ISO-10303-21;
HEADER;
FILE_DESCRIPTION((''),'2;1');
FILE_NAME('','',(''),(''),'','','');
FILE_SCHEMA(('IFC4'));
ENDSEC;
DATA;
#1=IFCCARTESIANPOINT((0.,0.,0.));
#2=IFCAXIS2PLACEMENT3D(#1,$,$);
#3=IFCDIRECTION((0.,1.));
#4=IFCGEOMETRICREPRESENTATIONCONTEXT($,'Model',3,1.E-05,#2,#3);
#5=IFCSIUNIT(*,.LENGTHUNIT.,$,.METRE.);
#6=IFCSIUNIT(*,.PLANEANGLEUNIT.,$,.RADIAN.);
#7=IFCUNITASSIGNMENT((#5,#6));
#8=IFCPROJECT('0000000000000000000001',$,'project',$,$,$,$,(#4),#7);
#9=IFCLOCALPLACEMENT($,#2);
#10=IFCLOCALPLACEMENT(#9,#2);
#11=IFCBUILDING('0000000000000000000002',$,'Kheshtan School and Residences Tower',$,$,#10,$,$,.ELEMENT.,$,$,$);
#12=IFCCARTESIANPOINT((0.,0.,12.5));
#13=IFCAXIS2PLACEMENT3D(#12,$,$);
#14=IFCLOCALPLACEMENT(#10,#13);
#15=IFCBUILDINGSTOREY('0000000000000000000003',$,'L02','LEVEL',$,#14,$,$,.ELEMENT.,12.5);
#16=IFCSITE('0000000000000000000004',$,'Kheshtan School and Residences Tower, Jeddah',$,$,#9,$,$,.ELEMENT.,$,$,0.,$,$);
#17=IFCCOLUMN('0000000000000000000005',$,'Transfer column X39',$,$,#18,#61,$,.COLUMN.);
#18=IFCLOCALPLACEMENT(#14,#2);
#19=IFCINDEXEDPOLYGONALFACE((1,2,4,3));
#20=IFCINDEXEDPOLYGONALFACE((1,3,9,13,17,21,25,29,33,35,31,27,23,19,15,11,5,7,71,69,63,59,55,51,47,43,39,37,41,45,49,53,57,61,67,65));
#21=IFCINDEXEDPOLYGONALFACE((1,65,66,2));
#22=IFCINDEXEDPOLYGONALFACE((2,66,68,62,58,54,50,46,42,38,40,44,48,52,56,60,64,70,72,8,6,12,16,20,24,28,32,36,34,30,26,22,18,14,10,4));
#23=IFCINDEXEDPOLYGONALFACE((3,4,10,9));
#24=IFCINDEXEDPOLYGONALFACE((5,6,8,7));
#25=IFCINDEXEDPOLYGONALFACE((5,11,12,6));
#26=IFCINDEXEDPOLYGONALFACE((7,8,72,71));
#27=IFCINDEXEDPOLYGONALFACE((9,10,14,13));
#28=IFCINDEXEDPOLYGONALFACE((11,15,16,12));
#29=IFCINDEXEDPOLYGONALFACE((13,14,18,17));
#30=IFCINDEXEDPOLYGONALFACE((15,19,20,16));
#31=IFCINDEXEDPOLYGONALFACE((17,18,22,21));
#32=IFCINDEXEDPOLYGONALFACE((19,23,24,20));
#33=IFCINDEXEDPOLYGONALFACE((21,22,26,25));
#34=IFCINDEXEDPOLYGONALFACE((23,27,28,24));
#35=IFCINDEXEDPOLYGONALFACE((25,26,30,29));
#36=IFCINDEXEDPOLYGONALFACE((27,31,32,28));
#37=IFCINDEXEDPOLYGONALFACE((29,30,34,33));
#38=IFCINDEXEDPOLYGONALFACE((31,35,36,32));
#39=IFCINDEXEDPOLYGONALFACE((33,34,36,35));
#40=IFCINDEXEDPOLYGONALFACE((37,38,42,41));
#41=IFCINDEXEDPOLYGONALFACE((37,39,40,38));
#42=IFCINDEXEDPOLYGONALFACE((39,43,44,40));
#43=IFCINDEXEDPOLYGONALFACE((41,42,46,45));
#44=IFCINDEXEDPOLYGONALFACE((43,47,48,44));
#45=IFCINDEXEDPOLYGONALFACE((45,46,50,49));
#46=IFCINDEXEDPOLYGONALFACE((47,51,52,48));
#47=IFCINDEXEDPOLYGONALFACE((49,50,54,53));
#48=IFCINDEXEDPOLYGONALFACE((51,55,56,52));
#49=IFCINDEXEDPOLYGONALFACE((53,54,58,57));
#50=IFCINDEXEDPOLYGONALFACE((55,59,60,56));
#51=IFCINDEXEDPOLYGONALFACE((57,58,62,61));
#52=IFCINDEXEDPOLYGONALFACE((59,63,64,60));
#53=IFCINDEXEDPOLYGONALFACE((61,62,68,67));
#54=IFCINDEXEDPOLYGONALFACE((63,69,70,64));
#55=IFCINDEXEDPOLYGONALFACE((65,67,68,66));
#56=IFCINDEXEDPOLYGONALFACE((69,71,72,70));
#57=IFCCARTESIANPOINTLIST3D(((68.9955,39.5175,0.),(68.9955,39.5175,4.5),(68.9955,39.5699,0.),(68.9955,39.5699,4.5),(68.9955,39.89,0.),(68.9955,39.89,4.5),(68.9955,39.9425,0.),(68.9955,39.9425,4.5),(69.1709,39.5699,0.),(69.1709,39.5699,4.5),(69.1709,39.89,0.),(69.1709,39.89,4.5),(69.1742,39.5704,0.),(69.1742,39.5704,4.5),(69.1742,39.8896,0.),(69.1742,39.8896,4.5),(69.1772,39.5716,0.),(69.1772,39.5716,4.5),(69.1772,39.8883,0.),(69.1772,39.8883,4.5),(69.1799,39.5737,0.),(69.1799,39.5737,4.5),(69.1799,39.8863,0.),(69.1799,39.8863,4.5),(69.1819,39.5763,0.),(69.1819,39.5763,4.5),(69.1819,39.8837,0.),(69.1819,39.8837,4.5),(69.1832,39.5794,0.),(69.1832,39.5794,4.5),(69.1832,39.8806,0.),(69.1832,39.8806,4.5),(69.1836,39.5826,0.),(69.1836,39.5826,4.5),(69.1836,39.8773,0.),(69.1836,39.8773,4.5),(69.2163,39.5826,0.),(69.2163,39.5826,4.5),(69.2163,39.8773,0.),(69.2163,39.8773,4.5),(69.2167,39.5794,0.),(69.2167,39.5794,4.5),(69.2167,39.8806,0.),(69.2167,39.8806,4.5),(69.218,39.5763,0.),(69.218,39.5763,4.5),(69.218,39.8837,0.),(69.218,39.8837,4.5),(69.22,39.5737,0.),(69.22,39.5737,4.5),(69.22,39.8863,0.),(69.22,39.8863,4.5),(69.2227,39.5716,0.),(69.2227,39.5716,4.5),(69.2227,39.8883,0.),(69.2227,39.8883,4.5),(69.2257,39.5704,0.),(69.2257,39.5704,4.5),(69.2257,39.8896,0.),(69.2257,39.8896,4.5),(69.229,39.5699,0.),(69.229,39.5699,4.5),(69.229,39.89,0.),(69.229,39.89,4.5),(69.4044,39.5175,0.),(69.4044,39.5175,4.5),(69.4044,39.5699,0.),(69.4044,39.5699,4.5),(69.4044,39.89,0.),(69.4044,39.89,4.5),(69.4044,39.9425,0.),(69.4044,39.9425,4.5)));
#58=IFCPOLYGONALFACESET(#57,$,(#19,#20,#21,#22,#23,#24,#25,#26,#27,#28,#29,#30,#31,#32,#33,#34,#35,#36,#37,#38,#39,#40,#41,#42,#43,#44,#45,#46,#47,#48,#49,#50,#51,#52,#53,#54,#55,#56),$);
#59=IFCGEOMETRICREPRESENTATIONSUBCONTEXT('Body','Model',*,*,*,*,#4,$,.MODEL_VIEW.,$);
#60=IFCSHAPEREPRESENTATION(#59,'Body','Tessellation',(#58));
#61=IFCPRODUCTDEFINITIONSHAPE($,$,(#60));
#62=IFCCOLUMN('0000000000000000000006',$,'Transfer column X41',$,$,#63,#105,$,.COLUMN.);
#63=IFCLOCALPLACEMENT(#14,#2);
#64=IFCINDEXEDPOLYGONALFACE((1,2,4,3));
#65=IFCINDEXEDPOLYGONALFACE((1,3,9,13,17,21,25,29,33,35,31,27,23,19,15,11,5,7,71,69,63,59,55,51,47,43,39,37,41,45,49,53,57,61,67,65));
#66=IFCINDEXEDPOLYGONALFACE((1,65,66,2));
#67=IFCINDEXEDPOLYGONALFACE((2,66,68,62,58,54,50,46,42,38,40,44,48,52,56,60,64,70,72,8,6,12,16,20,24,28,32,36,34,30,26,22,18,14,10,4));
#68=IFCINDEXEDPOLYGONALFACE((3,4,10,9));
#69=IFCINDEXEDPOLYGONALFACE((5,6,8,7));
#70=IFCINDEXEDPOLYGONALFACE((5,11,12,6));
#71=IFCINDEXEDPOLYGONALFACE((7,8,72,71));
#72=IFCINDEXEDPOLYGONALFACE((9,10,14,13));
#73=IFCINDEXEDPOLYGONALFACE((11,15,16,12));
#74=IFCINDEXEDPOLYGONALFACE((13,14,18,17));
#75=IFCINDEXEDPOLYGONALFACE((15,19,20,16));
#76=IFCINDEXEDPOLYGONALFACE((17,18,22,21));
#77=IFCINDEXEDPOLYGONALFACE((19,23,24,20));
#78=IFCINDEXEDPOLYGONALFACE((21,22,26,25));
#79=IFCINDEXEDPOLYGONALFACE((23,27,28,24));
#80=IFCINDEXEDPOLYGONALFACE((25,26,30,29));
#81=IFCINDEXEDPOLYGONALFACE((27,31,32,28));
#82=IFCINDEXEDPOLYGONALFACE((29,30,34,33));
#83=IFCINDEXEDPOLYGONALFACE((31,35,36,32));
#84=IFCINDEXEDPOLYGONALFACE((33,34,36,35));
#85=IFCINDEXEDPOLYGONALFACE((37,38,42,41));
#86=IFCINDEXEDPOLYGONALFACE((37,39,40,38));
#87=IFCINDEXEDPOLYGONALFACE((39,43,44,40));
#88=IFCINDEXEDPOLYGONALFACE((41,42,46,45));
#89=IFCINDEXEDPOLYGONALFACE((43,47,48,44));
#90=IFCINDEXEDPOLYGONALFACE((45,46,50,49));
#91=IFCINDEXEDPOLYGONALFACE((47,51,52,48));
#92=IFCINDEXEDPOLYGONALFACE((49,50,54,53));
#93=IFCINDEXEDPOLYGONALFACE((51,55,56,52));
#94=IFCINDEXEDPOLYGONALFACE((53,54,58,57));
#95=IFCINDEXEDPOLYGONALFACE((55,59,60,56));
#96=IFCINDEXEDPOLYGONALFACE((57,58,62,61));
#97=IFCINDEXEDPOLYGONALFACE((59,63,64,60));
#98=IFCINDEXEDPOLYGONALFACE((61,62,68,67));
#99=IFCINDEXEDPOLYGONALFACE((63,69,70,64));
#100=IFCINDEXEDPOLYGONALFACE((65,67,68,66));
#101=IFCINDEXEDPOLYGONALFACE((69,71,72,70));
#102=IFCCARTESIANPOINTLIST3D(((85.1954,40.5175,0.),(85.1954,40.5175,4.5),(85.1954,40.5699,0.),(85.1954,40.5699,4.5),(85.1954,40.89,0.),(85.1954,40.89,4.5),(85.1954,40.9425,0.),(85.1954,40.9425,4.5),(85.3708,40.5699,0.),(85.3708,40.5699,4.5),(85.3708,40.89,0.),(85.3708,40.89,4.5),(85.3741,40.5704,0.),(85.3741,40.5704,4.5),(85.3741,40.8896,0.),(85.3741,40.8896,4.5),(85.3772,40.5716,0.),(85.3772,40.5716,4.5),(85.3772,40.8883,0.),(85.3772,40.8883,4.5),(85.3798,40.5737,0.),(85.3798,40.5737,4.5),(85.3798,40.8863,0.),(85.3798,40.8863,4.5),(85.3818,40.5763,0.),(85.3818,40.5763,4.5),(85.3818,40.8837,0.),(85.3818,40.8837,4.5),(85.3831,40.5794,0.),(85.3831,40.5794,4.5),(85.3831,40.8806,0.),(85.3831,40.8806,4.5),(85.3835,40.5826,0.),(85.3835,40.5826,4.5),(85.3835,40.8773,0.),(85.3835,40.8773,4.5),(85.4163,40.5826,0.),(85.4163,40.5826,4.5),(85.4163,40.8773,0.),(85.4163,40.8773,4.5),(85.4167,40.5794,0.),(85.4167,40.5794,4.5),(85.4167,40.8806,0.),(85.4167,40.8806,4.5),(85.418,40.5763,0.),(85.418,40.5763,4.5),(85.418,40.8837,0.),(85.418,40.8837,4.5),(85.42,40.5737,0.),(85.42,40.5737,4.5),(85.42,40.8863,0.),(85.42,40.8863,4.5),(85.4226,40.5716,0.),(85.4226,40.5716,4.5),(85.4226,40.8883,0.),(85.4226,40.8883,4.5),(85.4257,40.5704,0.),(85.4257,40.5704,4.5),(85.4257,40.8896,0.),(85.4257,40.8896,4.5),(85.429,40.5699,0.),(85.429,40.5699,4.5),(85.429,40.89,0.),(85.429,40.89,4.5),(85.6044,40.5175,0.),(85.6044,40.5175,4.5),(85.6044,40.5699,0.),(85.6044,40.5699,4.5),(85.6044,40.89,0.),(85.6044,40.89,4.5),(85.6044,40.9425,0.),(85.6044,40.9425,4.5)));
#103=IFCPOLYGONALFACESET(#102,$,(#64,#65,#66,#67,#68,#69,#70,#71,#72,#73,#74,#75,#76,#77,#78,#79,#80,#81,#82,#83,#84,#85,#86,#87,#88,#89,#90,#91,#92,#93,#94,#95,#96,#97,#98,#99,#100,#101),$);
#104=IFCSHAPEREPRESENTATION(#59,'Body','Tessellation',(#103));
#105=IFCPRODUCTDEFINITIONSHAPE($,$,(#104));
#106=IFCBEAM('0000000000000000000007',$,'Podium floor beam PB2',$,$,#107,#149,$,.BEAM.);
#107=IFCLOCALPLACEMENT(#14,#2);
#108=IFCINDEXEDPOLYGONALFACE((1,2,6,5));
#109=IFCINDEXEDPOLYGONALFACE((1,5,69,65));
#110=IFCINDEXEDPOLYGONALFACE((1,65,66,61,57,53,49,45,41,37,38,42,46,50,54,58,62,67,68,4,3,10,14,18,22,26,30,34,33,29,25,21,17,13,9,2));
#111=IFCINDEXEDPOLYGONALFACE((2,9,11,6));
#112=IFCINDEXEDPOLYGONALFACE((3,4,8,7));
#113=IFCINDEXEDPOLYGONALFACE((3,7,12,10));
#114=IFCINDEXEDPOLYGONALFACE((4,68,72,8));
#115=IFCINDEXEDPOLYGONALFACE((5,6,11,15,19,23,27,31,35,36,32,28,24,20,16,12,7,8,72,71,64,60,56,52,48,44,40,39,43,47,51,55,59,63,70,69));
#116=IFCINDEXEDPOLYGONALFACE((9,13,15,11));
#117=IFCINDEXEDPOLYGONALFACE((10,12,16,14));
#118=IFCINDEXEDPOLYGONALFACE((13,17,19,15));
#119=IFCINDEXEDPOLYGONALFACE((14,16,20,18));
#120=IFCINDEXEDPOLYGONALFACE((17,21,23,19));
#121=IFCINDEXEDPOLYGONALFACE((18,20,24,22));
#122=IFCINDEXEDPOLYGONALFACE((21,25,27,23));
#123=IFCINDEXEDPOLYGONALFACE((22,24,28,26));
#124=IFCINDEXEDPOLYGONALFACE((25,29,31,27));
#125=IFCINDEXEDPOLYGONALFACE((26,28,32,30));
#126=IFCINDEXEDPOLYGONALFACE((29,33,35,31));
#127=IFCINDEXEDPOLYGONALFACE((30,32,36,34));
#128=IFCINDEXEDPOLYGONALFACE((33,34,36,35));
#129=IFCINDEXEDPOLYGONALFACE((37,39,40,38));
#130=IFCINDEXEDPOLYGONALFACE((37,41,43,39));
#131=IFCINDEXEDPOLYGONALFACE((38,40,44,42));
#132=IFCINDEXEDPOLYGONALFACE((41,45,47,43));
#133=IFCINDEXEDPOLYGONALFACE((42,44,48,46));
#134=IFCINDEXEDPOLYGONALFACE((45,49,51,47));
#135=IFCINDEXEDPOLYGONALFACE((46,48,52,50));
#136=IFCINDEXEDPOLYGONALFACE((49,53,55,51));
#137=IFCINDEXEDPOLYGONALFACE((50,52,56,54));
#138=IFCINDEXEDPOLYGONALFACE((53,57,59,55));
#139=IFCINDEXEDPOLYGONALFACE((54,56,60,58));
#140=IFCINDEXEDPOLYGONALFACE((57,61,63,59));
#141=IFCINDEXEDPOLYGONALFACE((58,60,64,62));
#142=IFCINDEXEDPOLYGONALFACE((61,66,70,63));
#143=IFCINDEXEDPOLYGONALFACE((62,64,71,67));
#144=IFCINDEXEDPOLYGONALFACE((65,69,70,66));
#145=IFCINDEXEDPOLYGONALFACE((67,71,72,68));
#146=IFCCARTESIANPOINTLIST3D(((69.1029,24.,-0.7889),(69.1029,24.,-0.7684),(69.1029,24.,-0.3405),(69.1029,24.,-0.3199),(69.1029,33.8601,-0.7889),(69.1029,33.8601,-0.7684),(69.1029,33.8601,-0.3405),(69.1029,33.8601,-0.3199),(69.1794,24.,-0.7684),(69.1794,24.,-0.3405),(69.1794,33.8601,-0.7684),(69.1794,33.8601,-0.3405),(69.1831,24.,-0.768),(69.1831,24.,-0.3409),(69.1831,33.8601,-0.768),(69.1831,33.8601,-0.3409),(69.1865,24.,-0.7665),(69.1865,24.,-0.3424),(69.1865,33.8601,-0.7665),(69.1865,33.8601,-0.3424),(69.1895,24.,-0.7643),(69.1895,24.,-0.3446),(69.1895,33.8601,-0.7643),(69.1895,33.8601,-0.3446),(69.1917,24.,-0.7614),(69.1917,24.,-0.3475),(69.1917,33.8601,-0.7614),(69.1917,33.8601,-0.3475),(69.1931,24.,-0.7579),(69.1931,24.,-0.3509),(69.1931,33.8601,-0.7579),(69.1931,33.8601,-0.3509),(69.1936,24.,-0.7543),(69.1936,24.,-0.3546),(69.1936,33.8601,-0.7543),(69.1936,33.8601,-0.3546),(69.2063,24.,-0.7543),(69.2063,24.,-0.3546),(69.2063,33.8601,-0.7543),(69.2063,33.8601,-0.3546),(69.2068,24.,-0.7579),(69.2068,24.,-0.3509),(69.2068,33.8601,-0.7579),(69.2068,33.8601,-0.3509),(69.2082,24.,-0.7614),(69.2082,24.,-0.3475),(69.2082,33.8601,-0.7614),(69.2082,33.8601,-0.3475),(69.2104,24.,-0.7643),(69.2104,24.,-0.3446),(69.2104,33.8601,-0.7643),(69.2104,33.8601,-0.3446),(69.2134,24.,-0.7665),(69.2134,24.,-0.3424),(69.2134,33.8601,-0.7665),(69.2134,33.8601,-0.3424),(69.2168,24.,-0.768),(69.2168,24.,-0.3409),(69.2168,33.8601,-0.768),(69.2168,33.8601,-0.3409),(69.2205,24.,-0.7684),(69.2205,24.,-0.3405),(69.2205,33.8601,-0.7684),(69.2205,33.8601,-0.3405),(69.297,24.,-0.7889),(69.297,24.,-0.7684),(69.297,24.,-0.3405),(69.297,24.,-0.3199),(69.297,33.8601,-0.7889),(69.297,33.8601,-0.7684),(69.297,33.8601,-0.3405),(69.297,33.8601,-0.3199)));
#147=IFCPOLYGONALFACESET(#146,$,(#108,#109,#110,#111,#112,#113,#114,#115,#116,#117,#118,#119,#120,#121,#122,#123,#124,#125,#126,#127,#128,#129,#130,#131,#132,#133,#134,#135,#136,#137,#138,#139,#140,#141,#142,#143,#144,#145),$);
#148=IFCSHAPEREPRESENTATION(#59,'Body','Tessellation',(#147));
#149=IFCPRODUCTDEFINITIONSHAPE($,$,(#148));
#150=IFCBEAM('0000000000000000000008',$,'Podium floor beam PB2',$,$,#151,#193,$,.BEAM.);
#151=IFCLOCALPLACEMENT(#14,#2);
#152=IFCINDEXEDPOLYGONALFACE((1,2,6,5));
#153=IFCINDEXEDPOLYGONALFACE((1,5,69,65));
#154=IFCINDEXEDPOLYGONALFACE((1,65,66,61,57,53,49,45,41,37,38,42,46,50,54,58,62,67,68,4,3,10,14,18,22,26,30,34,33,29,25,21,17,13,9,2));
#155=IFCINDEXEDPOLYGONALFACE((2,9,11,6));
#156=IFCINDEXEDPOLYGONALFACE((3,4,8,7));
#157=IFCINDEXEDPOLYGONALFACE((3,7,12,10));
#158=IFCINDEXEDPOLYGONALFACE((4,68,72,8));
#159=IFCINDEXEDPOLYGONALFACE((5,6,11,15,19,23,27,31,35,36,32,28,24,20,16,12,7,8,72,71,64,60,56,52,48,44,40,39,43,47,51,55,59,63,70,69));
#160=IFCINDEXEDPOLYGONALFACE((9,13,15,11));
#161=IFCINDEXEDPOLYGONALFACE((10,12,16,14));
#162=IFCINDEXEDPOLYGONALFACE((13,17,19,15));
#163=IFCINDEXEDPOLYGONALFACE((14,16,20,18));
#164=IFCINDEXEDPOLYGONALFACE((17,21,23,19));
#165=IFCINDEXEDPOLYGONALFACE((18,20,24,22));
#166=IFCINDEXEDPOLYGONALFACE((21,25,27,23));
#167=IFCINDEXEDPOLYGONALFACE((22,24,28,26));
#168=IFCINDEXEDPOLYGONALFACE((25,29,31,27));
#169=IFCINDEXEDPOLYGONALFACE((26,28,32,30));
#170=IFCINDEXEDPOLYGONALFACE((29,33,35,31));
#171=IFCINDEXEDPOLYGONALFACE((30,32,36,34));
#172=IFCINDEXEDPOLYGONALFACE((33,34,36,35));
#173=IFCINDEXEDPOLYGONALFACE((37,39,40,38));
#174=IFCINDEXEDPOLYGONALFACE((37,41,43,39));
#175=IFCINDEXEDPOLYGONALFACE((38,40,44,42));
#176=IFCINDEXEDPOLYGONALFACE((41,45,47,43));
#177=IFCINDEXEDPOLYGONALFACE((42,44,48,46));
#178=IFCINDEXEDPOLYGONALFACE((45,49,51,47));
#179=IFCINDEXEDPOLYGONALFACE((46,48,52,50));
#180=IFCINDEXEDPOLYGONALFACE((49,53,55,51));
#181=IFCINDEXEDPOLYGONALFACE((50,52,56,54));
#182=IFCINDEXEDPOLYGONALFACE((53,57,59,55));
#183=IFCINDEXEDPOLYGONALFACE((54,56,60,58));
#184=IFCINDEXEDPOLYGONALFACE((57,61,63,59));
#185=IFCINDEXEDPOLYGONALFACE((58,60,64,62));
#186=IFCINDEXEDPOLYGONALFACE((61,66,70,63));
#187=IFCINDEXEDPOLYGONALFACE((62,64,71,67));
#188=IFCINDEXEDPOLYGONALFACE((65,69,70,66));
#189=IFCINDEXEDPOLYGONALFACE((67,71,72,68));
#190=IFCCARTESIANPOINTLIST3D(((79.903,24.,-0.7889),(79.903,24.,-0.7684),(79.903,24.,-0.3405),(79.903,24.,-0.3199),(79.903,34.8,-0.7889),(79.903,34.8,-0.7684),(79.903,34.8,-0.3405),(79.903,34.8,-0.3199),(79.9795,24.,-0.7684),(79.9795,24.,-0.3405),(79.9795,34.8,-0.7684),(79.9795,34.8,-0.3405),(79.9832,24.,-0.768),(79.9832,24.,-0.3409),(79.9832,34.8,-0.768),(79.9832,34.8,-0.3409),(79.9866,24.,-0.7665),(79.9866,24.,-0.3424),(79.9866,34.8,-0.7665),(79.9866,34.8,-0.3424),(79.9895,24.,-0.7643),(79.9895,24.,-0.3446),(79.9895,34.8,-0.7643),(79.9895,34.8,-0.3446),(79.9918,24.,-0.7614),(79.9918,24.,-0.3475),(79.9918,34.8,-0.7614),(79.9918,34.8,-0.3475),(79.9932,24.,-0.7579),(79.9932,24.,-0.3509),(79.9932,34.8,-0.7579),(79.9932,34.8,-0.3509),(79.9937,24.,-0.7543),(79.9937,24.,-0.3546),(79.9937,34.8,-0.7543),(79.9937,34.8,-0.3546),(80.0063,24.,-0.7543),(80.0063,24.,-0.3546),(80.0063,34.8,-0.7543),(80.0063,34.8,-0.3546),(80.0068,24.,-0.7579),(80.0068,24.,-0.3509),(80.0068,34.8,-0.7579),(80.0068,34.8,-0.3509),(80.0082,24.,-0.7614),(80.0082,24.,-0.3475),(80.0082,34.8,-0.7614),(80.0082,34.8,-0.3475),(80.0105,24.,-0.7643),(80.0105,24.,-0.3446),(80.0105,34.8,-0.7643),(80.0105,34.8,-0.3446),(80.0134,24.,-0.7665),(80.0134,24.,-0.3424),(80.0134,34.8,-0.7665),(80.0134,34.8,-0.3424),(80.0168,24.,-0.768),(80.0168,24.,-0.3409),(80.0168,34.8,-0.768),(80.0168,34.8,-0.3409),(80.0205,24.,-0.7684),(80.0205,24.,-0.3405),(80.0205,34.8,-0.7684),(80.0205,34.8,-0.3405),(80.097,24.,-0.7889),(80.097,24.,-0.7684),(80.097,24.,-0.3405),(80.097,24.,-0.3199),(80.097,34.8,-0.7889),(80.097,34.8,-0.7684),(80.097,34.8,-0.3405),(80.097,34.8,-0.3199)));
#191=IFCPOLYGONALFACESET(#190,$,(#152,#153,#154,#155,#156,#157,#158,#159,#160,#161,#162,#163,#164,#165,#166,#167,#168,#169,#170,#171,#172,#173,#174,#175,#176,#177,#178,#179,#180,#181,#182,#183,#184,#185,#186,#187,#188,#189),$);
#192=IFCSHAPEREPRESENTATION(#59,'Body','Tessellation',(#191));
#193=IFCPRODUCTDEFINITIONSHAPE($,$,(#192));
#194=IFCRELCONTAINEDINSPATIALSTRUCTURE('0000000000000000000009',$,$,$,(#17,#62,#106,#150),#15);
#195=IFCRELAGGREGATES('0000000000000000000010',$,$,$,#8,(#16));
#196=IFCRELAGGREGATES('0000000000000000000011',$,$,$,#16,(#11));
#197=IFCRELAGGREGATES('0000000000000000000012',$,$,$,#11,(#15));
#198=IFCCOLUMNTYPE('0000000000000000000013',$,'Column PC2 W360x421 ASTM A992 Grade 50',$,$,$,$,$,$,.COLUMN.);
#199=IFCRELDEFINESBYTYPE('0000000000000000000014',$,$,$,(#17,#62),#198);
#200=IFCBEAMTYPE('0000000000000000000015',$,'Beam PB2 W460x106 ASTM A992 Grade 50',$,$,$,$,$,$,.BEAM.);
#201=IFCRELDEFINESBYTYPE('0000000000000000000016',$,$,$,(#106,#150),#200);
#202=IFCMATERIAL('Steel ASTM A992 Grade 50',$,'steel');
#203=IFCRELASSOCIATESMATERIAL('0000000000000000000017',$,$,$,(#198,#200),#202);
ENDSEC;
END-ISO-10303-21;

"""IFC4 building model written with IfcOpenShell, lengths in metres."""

from ifc_helpers import new_model, si_unit, direction, frame, origin, origin_2d, place, context, subcontext, project, spatial, i_section, extrude, material, material_profile, profile_set, type_object, element, save


model = new_model("IFC4")

# Units and contexts
model_context = context("Model", 3, precision=1e-05, world=origin(), true_north=direction((0.0, 1.0)))
body_context = subcontext(model_context, "Body", "Model", "MODEL_VIEW")
ifc_project = project(units=[si_unit("LENGTHUNIT", "METRE"), si_unit("PLANEANGLEUNIT", "RADIAN")], contexts=[model_context])

# Site, building, storey
site_placement = place(None, origin())
site = spatial("IfcSite", under=ifc_project, at=site_placement, Name="Kheshtan School and Residences Tower, Jeddah", CompositionType="ELEMENT", RefElevation=0.0)
building_placement = place(site_placement, origin())
building = spatial("IfcBuilding", under=site, at=building_placement, Name="Kheshtan School and Residences Tower", CompositionType="ELEMENT")
storey_placement = place(building_placement, frame((0.0, 0.0, 12.5)))
storey = spatial("IfcBuildingStorey", under=building, at=storey_placement, Name="L02", Description="LEVEL", CompositionType="ELEMENT", Elevation=12.5)

# Columns
ifc_material_1 = material(Name="Steel ASTM A992 Grade 50", Category="steel")
ifc_material_profile_1 = material_profile(ifc_material_1, i_section(OverallWidth=0.4089, OverallDepth=0.425, WebThickness=0.0327, FlangeThickness=0.0525, FilletRadius=0.0127, at=origin_2d()), Name="W360x421")
ifc_profile_set_1 = profile_set([ifc_material_profile_1], Name="Steel ASTM A992 Grade 50")
column_type = type_object("IfcColumnType", Name="Column PC2 W360x421 ASTM A992 Grade 50", PredefinedType="COLUMN", material=ifc_profile_set_1)
for number, where, z_axis, x_axis, name in (
    (1, (69.2, 39.73, 0.0), (0.0, 0.0, 1.0), (1.0, 0.0, 0.0), "Transfer column X39"),
    (2, (85.3999, 40.73, 0.0), (0.0, 0.0, 1.0), (1.0, 0.0, 0.0), "Transfer column X41"),
):
    element("IfcColumn", number, at=place(storey_placement, frame(where, z_axis=z_axis, x_axis=x_axis)), inside=storey, type_object=column_type, Name=name, PredefinedType="COLUMN", context=body_context, shape_type="SweptSolid", body=[
        extrude(i_section(OverallWidth=0.4089, OverallDepth=0.425, WebThickness=0.0327, FlangeThickness=0.0525, FilletRadius=0.0127, at=origin_2d()), origin(), (0.0, 0.0, 1.0), 4.5),
    ])

# Beams
ifc_material_profile_2 = material_profile(ifc_material_1, i_section(OverallWidth=0.1941, OverallDepth=0.469, WebThickness=0.0127, FlangeThickness=0.0205, FilletRadius=0.0142, at=origin_2d()), Name="W460x106")
ifc_profile_set_2 = profile_set([ifc_material_profile_2], Name="Steel ASTM A992 Grade 50")
beam_type = type_object("IfcBeamType", Name="Beam PB2 W460x106 ASTM A992 Grade 50", PredefinedType="BEAM", material=ifc_profile_set_2)
beam_1_placement = place(storey_placement, frame((69.2, 24.0, -0.5544), z_axis=(0.0, 1.0, 0.0), x_axis=(-1.0, 0.0, 0.0)))
element("IfcBeam", 3, at=beam_1_placement, inside=storey, type_object=beam_type, Name="Podium floor beam PB2", PredefinedType="BEAM", context=body_context, shape_type="SweptSolid", body=[
    extrude(i_section(OverallWidth=0.1941, OverallDepth=0.469, WebThickness=0.0127, FlangeThickness=0.0205, FilletRadius=0.0142, at=origin_2d()), origin(), (0.0, 0.0, 1.0), 9.8601),
])
beam_2_placement = place(storey_placement, frame((80.0, 24.0, -0.5544), z_axis=(0.0, 1.0, 0.0), x_axis=(-1.0, 0.0, 0.0)))
element("IfcBeam", 4, at=beam_2_placement, inside=storey, type_object=beam_type, Name="Podium floor beam PB2", PredefinedType="BEAM", context=body_context, shape_type="SweptSolid", body=[
    extrude(i_section(OverallWidth=0.1941, OverallDepth=0.469, WebThickness=0.0127, FlangeThickness=0.0205, FilletRadius=0.0142, at=origin_2d()), origin(), (0.0, 0.0, 1.0), 10.8),
])

save(model, "model.ifc")
